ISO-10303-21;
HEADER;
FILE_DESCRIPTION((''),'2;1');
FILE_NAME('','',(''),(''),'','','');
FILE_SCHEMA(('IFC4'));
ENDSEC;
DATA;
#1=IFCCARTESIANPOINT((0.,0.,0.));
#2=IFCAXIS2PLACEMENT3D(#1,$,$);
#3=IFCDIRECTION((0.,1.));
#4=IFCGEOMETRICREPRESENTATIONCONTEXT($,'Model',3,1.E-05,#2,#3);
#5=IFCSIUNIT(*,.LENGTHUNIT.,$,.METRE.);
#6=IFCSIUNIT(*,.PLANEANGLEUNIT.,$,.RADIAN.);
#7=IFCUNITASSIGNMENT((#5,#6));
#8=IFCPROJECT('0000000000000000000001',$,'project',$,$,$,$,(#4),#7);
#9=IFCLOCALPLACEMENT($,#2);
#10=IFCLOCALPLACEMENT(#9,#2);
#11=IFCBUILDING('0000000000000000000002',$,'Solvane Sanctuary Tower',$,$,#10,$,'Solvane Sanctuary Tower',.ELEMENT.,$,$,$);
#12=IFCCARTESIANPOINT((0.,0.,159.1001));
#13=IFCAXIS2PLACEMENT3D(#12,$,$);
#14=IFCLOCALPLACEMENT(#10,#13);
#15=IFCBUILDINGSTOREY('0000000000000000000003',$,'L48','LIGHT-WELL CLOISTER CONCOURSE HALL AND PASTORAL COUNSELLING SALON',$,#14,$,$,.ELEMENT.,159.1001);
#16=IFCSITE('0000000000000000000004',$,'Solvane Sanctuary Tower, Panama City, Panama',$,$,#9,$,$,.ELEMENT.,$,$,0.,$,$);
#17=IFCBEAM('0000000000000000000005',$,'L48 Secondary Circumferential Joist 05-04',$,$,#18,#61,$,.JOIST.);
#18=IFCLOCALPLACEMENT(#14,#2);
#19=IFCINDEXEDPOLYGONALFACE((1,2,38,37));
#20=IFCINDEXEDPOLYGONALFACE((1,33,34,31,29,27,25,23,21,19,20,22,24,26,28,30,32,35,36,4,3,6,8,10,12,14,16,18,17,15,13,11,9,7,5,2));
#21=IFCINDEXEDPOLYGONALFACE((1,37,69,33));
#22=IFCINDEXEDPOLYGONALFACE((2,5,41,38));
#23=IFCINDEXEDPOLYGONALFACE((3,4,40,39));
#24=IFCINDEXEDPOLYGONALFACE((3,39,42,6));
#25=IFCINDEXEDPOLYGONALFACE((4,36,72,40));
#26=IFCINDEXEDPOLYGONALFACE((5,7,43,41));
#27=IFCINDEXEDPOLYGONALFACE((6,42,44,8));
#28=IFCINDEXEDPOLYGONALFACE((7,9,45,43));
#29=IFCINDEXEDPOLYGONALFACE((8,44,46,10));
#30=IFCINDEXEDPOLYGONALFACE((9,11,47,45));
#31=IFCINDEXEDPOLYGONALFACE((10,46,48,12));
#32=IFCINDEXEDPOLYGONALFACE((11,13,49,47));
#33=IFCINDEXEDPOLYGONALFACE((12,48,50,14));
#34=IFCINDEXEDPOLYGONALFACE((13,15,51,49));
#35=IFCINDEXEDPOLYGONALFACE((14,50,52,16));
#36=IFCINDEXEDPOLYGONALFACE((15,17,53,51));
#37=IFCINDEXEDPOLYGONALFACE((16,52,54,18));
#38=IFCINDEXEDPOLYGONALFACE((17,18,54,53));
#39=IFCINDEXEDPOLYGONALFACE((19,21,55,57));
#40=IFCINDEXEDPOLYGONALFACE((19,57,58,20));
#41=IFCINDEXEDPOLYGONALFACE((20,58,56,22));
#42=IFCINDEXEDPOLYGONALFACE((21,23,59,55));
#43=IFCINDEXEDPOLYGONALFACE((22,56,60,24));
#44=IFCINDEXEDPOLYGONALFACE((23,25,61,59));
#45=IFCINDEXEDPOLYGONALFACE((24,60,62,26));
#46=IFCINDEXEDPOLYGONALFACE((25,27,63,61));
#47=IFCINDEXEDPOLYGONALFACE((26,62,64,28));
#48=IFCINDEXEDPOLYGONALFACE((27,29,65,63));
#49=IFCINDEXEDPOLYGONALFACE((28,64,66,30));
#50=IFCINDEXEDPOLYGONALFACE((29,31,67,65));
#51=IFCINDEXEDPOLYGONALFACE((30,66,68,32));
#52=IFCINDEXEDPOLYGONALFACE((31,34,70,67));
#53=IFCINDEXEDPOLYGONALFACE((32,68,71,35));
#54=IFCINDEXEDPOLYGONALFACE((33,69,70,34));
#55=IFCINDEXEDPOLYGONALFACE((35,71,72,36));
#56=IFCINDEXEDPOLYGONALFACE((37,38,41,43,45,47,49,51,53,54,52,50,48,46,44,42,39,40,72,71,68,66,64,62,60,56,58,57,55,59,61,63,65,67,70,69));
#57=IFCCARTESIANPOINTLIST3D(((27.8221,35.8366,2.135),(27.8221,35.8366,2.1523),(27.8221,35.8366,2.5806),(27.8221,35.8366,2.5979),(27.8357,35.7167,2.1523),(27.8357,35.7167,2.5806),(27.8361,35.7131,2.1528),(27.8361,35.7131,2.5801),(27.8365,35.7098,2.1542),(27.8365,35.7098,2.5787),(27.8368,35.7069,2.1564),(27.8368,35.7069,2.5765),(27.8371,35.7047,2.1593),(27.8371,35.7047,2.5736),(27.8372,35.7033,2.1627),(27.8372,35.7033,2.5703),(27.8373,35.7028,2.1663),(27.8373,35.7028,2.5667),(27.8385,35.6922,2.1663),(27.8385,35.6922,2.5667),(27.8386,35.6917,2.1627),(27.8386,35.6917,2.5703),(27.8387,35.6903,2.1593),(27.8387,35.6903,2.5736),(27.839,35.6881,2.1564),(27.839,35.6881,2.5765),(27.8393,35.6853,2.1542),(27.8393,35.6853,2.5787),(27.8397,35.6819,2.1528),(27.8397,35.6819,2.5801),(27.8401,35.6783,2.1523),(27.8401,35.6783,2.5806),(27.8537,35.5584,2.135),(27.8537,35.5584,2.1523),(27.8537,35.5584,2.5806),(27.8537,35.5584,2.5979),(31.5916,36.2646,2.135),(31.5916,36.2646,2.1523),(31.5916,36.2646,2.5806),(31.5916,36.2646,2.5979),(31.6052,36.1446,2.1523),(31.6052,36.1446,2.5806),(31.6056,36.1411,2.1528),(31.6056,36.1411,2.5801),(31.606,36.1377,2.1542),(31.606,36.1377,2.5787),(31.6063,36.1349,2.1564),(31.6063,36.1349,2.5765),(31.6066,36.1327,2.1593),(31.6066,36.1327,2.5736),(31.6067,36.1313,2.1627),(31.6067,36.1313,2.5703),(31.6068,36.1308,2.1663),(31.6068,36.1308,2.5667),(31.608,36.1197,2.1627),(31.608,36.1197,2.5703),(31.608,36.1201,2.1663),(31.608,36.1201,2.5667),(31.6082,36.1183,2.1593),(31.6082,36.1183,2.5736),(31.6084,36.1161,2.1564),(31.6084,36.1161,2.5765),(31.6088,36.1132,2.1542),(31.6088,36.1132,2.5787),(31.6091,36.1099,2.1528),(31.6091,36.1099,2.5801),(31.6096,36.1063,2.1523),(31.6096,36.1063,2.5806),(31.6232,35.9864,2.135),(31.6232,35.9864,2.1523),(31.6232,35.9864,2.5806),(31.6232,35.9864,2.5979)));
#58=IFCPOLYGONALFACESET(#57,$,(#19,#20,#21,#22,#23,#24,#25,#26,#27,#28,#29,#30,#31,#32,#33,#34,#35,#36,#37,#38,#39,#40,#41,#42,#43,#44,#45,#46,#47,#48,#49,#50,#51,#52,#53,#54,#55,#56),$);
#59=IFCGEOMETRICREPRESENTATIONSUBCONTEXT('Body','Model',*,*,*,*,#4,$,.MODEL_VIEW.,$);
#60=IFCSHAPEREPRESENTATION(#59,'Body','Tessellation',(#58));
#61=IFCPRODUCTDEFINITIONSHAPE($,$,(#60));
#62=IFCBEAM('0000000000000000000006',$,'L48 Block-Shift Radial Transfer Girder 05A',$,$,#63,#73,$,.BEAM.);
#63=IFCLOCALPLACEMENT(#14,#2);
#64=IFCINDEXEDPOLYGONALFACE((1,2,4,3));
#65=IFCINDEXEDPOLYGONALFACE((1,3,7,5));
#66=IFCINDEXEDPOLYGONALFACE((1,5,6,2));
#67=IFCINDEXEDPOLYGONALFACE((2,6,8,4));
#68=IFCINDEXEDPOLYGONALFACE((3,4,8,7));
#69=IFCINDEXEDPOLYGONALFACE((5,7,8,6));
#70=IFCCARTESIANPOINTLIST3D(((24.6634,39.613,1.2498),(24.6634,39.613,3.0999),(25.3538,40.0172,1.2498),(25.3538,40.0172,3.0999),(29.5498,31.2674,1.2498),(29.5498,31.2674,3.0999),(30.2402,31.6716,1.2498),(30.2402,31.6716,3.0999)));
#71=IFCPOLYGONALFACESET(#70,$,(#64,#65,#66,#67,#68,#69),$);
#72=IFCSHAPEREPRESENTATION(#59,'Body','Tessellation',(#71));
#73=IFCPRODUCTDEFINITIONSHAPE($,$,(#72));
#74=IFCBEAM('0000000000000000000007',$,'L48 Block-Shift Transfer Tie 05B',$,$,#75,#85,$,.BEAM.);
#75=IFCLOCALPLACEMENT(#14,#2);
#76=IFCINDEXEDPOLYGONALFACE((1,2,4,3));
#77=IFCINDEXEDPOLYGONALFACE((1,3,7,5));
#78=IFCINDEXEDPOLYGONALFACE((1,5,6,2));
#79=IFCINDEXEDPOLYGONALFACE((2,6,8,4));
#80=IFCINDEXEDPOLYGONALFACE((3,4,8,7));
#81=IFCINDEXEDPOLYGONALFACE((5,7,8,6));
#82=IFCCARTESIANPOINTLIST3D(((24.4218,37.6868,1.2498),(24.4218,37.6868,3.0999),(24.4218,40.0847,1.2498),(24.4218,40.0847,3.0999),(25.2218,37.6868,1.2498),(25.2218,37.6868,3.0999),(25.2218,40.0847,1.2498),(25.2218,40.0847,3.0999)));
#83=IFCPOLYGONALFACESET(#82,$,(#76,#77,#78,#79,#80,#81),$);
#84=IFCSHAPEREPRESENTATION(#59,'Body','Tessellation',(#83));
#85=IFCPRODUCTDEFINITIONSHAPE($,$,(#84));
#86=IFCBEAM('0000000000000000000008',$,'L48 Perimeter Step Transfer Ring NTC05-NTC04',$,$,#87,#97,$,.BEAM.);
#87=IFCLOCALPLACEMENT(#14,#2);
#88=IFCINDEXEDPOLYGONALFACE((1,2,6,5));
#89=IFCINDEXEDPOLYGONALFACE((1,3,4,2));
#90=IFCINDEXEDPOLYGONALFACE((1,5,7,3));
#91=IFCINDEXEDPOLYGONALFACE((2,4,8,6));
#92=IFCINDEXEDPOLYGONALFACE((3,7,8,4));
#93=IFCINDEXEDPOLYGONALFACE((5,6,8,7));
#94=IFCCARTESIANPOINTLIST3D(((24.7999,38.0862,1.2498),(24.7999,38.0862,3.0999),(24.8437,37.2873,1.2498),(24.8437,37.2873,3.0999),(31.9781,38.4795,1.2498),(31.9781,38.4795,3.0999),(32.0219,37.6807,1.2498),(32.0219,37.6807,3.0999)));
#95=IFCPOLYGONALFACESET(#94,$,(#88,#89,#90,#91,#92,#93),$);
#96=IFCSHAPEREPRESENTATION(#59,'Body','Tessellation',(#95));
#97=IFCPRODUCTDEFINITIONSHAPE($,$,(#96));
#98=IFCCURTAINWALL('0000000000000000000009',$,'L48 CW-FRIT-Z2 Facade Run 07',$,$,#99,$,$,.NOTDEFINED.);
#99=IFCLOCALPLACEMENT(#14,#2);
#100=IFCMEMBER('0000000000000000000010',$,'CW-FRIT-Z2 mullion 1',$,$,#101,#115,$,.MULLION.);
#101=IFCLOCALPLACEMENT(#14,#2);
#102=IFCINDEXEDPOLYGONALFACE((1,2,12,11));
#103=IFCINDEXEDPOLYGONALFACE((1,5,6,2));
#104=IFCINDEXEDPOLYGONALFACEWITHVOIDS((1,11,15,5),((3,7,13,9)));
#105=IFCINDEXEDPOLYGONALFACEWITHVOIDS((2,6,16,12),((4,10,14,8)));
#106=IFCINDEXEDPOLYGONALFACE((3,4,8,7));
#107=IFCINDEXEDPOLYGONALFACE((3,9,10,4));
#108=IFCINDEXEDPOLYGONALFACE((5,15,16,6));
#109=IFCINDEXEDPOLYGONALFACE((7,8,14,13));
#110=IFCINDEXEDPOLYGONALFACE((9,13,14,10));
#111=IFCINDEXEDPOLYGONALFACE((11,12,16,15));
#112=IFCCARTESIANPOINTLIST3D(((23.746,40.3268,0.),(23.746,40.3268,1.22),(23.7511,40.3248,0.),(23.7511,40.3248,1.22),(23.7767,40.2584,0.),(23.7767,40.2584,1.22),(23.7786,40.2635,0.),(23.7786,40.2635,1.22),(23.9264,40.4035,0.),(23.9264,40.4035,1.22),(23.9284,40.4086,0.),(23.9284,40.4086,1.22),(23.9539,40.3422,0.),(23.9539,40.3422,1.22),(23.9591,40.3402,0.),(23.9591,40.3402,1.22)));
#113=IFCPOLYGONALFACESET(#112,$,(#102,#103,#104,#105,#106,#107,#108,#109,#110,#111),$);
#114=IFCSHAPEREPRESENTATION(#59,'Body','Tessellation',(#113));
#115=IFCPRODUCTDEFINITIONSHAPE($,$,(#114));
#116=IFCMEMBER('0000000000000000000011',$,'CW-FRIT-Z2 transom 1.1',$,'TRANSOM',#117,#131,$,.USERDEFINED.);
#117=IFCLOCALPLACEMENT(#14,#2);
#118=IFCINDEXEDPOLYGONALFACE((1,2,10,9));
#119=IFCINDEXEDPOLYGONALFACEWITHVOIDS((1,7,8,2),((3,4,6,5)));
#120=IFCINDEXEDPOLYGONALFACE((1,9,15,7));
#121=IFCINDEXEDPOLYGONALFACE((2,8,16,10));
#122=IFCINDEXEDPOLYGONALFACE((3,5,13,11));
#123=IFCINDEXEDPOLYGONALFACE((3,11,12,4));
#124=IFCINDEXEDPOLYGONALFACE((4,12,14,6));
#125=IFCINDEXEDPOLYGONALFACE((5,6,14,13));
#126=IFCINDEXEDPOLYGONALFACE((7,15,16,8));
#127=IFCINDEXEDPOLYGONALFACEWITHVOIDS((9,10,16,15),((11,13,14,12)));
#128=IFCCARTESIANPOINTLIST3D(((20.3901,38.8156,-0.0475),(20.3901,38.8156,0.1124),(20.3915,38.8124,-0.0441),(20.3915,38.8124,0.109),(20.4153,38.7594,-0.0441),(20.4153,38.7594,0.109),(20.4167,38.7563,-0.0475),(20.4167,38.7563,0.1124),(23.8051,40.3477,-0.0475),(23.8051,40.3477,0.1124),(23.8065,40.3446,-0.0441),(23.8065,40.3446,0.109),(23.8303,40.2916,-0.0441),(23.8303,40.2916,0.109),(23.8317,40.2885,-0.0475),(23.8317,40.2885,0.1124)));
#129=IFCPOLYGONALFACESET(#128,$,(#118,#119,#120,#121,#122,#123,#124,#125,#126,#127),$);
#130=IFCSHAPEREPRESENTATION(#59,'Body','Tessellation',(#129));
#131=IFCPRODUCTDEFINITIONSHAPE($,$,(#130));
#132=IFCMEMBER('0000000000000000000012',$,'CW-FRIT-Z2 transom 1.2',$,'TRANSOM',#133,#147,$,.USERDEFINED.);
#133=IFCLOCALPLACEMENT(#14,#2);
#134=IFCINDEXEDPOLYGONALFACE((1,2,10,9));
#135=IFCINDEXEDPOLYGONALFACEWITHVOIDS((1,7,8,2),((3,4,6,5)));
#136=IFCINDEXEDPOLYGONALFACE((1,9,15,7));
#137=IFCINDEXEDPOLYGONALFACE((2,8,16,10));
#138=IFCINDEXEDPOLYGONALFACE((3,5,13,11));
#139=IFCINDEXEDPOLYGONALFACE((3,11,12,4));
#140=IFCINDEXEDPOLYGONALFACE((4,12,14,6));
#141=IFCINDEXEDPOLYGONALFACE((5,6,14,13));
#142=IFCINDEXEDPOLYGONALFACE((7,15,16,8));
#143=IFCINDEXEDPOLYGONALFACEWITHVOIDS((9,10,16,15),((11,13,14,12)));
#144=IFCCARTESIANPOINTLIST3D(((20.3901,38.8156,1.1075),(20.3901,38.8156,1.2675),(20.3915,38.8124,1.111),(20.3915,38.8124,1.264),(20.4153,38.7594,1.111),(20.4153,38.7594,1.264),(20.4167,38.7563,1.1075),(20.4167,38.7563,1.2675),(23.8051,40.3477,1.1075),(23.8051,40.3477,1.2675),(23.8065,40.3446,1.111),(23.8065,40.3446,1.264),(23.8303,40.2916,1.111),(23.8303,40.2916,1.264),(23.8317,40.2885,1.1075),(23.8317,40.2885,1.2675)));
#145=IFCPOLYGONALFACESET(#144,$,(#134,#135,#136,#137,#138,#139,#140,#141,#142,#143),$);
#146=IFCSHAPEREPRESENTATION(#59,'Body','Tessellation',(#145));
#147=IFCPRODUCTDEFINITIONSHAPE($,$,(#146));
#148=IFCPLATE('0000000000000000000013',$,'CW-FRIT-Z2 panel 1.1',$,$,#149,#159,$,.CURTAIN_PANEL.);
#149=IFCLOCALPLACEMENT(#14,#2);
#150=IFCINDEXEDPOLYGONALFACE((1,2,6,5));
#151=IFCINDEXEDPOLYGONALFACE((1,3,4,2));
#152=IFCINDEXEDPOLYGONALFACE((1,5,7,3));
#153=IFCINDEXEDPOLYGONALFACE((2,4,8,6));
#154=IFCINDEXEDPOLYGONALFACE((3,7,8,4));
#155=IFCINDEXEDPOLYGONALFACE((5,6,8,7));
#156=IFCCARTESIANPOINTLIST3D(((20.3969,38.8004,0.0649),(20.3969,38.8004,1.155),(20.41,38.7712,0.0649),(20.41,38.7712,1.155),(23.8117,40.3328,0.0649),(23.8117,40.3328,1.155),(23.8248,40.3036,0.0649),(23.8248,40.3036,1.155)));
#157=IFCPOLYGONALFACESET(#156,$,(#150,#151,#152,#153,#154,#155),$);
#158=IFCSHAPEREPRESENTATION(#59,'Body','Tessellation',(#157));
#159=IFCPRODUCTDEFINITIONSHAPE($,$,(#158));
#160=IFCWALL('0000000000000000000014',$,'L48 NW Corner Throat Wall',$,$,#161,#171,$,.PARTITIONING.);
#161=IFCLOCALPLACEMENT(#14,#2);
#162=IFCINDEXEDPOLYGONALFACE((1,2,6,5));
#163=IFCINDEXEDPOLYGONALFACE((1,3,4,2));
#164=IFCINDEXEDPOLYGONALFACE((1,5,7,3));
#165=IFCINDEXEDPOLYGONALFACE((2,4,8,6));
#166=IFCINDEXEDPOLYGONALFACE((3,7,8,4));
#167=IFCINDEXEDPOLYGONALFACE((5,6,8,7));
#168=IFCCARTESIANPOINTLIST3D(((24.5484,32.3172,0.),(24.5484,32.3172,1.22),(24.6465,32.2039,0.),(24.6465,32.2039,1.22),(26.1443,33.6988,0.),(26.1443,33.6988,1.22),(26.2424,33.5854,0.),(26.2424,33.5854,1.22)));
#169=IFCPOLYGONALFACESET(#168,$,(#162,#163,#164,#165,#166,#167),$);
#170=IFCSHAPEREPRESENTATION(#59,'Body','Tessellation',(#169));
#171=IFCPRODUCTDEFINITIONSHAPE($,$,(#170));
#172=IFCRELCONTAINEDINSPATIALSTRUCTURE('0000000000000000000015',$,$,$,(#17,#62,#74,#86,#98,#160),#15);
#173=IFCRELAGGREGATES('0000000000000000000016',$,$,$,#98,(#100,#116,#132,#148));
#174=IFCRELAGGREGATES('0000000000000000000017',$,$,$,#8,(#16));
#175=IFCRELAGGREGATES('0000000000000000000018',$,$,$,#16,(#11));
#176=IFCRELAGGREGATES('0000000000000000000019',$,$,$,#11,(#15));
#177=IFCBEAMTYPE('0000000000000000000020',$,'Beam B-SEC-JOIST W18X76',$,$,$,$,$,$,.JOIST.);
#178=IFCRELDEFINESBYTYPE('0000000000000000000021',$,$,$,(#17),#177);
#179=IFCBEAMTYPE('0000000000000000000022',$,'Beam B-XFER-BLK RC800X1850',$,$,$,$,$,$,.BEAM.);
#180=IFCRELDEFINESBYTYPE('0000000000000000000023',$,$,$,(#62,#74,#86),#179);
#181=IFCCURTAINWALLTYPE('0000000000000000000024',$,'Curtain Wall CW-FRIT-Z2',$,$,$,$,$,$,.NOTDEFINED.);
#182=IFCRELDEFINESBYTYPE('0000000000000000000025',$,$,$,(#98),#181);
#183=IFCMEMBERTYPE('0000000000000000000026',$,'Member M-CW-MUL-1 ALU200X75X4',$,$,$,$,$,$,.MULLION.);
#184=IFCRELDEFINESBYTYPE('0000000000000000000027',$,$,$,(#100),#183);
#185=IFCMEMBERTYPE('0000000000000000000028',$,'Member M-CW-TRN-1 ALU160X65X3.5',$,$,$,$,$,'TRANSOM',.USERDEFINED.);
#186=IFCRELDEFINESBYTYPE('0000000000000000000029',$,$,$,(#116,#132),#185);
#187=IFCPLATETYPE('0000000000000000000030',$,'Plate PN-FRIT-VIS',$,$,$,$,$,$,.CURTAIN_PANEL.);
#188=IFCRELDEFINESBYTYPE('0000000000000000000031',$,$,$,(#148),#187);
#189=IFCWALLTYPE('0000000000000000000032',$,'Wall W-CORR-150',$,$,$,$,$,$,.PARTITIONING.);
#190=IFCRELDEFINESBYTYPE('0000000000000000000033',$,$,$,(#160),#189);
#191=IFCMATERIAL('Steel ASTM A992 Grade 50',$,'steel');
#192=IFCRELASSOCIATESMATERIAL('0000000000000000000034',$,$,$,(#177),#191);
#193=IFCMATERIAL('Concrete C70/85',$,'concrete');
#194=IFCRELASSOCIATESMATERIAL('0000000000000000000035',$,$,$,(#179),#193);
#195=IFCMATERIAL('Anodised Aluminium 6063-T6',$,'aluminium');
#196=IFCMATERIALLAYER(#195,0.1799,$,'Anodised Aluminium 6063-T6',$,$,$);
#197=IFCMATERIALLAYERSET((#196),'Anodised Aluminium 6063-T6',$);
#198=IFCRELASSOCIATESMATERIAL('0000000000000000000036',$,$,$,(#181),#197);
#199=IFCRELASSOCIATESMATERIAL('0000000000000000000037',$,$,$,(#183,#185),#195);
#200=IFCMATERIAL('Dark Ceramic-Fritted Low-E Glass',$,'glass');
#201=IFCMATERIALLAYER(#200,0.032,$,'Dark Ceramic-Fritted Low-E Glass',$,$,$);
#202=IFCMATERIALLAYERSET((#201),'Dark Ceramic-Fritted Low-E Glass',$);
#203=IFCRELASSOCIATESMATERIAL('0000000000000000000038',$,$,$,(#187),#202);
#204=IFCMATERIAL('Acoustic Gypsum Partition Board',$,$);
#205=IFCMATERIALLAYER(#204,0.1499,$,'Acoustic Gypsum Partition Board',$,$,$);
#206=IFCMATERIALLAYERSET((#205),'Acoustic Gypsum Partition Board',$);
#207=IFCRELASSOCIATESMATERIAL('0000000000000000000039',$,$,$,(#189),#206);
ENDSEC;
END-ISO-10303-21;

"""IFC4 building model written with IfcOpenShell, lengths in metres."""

from ifc_helpers import new_model, si_unit, direction, frame, frame_2d, origin, origin_2d, place, context, subcontext, project, spatial, rectangle, hollow_rectangle, i_section, extrude, material, layer, layer_set, material_profile, profile_set, type_object, element, aggregate, save


model = new_model("IFC4")

# Units and contexts
model_context = context("Model", 3, precision=1e-05, world=origin(), true_north=direction((0.0, 1.0)))
body_context = subcontext(model_context, "Body", "Model", "MODEL_VIEW")
ifc_project = project(units=[si_unit("LENGTHUNIT", "METRE"), si_unit("PLANEANGLEUNIT", "RADIAN")], contexts=[model_context])

# Site, building, storey
site_placement = place(None, origin())
site = spatial("IfcSite", under=ifc_project, at=site_placement, Name="Solvane Sanctuary Tower, Panama City, Panama", CompositionType="ELEMENT", RefElevation=0.0)
building_placement = place(site_placement, origin())
building = spatial("IfcBuilding", under=site, at=building_placement, Name="Solvane Sanctuary Tower", LongName="Solvane Sanctuary Tower", CompositionType="ELEMENT")
storey_placement = place(building_placement, frame((0.0, 0.0, 159.1001)))
storey = spatial("IfcBuildingStorey", under=building, at=storey_placement, Name="L48", Description="LIGHT-WELL CLOISTER CONCOURSE HALL AND PASTORAL COUNSELLING SALON", CompositionType="ELEMENT", Elevation=159.1001)

# Beams
ifc_material_1 = material(Name="Steel ASTM A992 Grade 50", Category="steel")
ifc_material_profile_1 = material_profile(ifc_material_1, i_section(OverallWidth=0.28, OverallDepth=0.4629, WebThickness=0.0107, FlangeThickness=0.0173, FilletRadius=0.0139, at=origin_2d()), Name="W18X76")
ifc_profile_set_1 = profile_set([ifc_material_profile_1], Name="Steel ASTM A992 Grade 50")
beam_type_1 = type_object("IfcBeamType", Name="Beam B-SEC-JOIST W18X76", PredefinedType="JOIST", material=ifc_profile_set_1)
beam_1_placement = place(storey_placement, frame((27.8379, 35.6975, 2.3665), z_axis=(0.993616, 0.112812, 0.0), x_axis=(-0.112812, 0.993616, 0.0)))
element("IfcBeam", 1, at=beam_1_placement, inside=storey, type_object=beam_type_1, Name="L48 Secondary Circumferential Joist 05-04", PredefinedType="JOIST", context=body_context, shape_type="SweptSolid", body=[
    extrude(i_section(OverallWidth=0.28, OverallDepth=0.4629, WebThickness=0.0107, FlangeThickness=0.0173, FilletRadius=0.0139, at=origin_2d()), origin(), (0.0, 0.0, 1.0), 3.7937),
])
ifc_material_2 = material(Name="Concrete C70/85", Category="concrete")
ifc_material_profile_2 = material_profile(ifc_material_2, rectangle(XDim=0.8, YDim=1.8501, at=origin_2d()), Name="RC800X1850")
ifc_profile_set_2 = profile_set([ifc_material_profile_2], Name="Concrete C70/85")
beam_type_2 = type_object("IfcBeamType", Name="Beam B-XFER-BLK RC800X1850", PredefinedType="BEAM", material=ifc_profile_set_2)
beam_2_placement = place(storey_placement, frame((29.895, 31.4695, 2.1748), z_axis=(-0.50527, 0.862961, 0.0), x_axis=(-0.862961, -0.50527, 0.0)))
element("IfcBeam", 2, at=beam_2_placement, inside=storey, type_object=beam_type_2, Name="L48 Block-Shift Radial Transfer Girder 05A", PredefinedType="BEAM", context=body_context, shape_type="SweptSolid", body=[
    extrude(rectangle(XDim=0.8, YDim=1.8501, at=origin_2d()), origin(), (0.0, 0.0, 1.0), 9.6709),
])
beam_3_placement = place(storey_placement, frame((24.8218, 40.0847, 2.1748), z_axis=(0.0, -1.0, 0.0), x_axis=(1.0, 0.0, 0.0)))
element("IfcBeam", 3, at=beam_3_placement, inside=storey, type_object=beam_type_2, Name="L48 Block-Shift Transfer Tie 05B", PredefinedType="BEAM", context=body_context, shape_type="SweptSolid", body=[
    extrude(rectangle(XDim=0.8, YDim=1.8501, at=origin_2d()), origin(), (0.0, 0.0, 1.0), 2.3979),
])
beam_4_placement = place(storey_placement, frame((24.8218, 37.6868, 2.1748), z_axis=(0.998502, 0.05471, 0.0), x_axis=(-0.05471, 0.998502, 0.0)))
element("IfcBeam", 4, at=beam_4_placement, inside=storey, type_object=beam_type_2, Name="L48 Perimeter Step Transfer Ring NTC05-NTC04", PredefinedType="BEAM", context=body_context, shape_type="SweptSolid", body=[
    extrude(rectangle(XDim=0.8, YDim=1.8501, at=origin_2d()), origin(), (0.0, 0.0, 1.0), 7.189),
])

# Curtain wall, members, plate
ifc_material_3 = material(Name="Anodised Aluminium 6063-T6", Category="aluminium")
ifc_layer_1 = layer(ifc_material_3, 0.1799, Name="Anodised Aluminium 6063-T6")
ifc_layer_set_1 = layer_set([ifc_layer_1], Name="Anodised Aluminium 6063-T6")
curtain_wall_type = type_object("IfcCurtainWallType", Name="Curtain Wall CW-FRIT-Z2", PredefinedType="NOTDEFINED", material=ifc_layer_set_1)
curtain_wall_placement = place(storey_placement, origin())
curtain_wall = element("IfcCurtainWall", 5, at=curtain_wall_placement, inside=storey, type_object=curtain_wall_type, Name="L48 CW-FRIT-Z2 Facade Run 07", PredefinedType="NOTDEFINED")
ifc_material_profile_3 = material_profile(ifc_material_3, hollow_rectangle(XDim=0.075, YDim=0.2, WallThickness=0.0039, at=origin_2d()), Name="ALU200X75X4")
ifc_profile_set_3 = profile_set([ifc_material_profile_3], Name="Anodised Aluminium 6063-T6")
member_type_1 = type_object("IfcMemberType", Name="Member M-CW-MUL-1 ALU200X75X4", PredefinedType="MULLION", material=ifc_profile_set_3)
member_1_placement = place(storey_placement, frame((23.8525, 40.3335, 0.0), z_axis=(0.0, 0.0, 1.0), x_axis=(0.409411, -0.91235, 0.0)))
member_1 = element("IfcMember", 6, at=member_1_placement, type_object=member_type_1, Name="CW-FRIT-Z2 mullion 1", PredefinedType="MULLION", context=body_context, shape_type="SweptSolid", body=[
    extrude(hollow_rectangle(XDim=0.075, YDim=0.2, WallThickness=0.0039, at=origin_2d()), origin(), (0.0, 0.0, 1.0), 1.22),
])
ifc_material_profile_4 = material_profile(ifc_material_3, hollow_rectangle(XDim=0.0649, YDim=0.1599, WallThickness=0.0034, at=origin_2d()), Name="ALU160X65X3.5")
ifc_profile_set_4 = profile_set([ifc_material_profile_4], Name="Anodised Aluminium 6063-T6")
member_type_2 = type_object("IfcMemberType", Name="Member M-CW-TRN-1 ALU160X65X3.5", ElementType="TRANSOM", PredefinedType="USERDEFINED", material=ifc_profile_set_4)
member_2_placement = place(storey_placement, frame((23.8184, 40.3181, 0.0325), z_axis=(-0.912375, -0.409356, 0.0), x_axis=(0.409356, -0.912375, 0.0)))
member_2 = element("IfcMember", 7, at=member_2_placement, type_object=member_type_2, Name="CW-FRIT-Z2 transom 1.1", ObjectType="TRANSOM", PredefinedType="USERDEFINED", context=body_context, shape_type="SweptSolid", body=[
    extrude(hollow_rectangle(XDim=0.0649, YDim=0.1599, WallThickness=0.0034, at=origin_2d()), origin(), (0.0, 0.0, 1.0), 3.7429),
])
member_3_placement = place(storey_placement, frame((23.8184, 40.3181, 1.1875), z_axis=(-0.912375, -0.409356, 0.0), x_axis=(0.409356, -0.912375, 0.0)))
member_3 = element("IfcMember", 8, at=member_3_placement, type_object=member_type_2, Name="CW-FRIT-Z2 transom 1.2", ObjectType="TRANSOM", PredefinedType="USERDEFINED", context=body_context, shape_type="SweptSolid", body=[
    extrude(hollow_rectangle(XDim=0.0649, YDim=0.1599, WallThickness=0.0034, at=origin_2d()), origin(), (0.0, 0.0, 1.0), 3.7429),
])
ifc_material_4 = material(Name="Dark Ceramic-Fritted Low-E Glass", Category="glass")
ifc_layer_2 = layer(ifc_material_4, 0.032, Name="Dark Ceramic-Fritted Low-E Glass")
ifc_layer_set_2 = layer_set([ifc_layer_2], Name="Dark Ceramic-Fritted Low-E Glass")
plate_type = type_object("IfcPlateType", Name="Plate PN-FRIT-VIS", PredefinedType="CURTAIN_PANEL", material=ifc_layer_set_2)
plate_placement = place(storey_placement, frame((22.1108, 39.552, 0.0649), z_axis=(0.0, 0.0, 1.0), x_axis=(-0.91235, -0.409411, 0.0)))
plate = element("IfcPlate", 9, at=plate_placement, type_object=plate_type, Name="CW-FRIT-Z2 panel 1.1", PredefinedType="CURTAIN_PANEL", context=body_context, shape_type="SweptSolid", body=[
    extrude(rectangle(XDim=3.7429, YDim=0.032, at=origin_2d()), origin(), (0.0, 0.0, 1.0), 1.0901),
])
aggregate(curtain_wall, [member_1, member_2, member_3, plate])

# Wall
ifc_material_5 = material(Name="Acoustic Gypsum Partition Board")
ifc_layer_3 = layer(ifc_material_5, 0.1499, Name="Acoustic Gypsum Partition Board")
ifc_layer_set_3 = layer_set([ifc_layer_3], Name="Acoustic Gypsum Partition Board")
wall_type_1 = type_object("IfcWallType", Name="Wall W-CORR-150", PredefinedType="PARTITIONING", material=ifc_layer_set_3)
wall_1_placement = place(storey_placement, frame((26.1934, 33.6421, 0.0), z_axis=(0.0, 0.0, 1.0), x_axis=(-0.756055, -0.654508, 0.0)))
element("IfcWall", 10, at=wall_1_placement, inside=storey, type_object=wall_type_1, Name="L48 NW Corner Throat Wall", PredefinedType="PARTITIONING", context=body_context, shape_type="SweptSolid", body=[
    extrude(rectangle(XDim=2.1108, YDim=0.1499, at=frame_2d((1.0554, 0.0))), origin(), (0.0, 0.0, 1.0), 1.22),
])

save(model, "model.ifc")
